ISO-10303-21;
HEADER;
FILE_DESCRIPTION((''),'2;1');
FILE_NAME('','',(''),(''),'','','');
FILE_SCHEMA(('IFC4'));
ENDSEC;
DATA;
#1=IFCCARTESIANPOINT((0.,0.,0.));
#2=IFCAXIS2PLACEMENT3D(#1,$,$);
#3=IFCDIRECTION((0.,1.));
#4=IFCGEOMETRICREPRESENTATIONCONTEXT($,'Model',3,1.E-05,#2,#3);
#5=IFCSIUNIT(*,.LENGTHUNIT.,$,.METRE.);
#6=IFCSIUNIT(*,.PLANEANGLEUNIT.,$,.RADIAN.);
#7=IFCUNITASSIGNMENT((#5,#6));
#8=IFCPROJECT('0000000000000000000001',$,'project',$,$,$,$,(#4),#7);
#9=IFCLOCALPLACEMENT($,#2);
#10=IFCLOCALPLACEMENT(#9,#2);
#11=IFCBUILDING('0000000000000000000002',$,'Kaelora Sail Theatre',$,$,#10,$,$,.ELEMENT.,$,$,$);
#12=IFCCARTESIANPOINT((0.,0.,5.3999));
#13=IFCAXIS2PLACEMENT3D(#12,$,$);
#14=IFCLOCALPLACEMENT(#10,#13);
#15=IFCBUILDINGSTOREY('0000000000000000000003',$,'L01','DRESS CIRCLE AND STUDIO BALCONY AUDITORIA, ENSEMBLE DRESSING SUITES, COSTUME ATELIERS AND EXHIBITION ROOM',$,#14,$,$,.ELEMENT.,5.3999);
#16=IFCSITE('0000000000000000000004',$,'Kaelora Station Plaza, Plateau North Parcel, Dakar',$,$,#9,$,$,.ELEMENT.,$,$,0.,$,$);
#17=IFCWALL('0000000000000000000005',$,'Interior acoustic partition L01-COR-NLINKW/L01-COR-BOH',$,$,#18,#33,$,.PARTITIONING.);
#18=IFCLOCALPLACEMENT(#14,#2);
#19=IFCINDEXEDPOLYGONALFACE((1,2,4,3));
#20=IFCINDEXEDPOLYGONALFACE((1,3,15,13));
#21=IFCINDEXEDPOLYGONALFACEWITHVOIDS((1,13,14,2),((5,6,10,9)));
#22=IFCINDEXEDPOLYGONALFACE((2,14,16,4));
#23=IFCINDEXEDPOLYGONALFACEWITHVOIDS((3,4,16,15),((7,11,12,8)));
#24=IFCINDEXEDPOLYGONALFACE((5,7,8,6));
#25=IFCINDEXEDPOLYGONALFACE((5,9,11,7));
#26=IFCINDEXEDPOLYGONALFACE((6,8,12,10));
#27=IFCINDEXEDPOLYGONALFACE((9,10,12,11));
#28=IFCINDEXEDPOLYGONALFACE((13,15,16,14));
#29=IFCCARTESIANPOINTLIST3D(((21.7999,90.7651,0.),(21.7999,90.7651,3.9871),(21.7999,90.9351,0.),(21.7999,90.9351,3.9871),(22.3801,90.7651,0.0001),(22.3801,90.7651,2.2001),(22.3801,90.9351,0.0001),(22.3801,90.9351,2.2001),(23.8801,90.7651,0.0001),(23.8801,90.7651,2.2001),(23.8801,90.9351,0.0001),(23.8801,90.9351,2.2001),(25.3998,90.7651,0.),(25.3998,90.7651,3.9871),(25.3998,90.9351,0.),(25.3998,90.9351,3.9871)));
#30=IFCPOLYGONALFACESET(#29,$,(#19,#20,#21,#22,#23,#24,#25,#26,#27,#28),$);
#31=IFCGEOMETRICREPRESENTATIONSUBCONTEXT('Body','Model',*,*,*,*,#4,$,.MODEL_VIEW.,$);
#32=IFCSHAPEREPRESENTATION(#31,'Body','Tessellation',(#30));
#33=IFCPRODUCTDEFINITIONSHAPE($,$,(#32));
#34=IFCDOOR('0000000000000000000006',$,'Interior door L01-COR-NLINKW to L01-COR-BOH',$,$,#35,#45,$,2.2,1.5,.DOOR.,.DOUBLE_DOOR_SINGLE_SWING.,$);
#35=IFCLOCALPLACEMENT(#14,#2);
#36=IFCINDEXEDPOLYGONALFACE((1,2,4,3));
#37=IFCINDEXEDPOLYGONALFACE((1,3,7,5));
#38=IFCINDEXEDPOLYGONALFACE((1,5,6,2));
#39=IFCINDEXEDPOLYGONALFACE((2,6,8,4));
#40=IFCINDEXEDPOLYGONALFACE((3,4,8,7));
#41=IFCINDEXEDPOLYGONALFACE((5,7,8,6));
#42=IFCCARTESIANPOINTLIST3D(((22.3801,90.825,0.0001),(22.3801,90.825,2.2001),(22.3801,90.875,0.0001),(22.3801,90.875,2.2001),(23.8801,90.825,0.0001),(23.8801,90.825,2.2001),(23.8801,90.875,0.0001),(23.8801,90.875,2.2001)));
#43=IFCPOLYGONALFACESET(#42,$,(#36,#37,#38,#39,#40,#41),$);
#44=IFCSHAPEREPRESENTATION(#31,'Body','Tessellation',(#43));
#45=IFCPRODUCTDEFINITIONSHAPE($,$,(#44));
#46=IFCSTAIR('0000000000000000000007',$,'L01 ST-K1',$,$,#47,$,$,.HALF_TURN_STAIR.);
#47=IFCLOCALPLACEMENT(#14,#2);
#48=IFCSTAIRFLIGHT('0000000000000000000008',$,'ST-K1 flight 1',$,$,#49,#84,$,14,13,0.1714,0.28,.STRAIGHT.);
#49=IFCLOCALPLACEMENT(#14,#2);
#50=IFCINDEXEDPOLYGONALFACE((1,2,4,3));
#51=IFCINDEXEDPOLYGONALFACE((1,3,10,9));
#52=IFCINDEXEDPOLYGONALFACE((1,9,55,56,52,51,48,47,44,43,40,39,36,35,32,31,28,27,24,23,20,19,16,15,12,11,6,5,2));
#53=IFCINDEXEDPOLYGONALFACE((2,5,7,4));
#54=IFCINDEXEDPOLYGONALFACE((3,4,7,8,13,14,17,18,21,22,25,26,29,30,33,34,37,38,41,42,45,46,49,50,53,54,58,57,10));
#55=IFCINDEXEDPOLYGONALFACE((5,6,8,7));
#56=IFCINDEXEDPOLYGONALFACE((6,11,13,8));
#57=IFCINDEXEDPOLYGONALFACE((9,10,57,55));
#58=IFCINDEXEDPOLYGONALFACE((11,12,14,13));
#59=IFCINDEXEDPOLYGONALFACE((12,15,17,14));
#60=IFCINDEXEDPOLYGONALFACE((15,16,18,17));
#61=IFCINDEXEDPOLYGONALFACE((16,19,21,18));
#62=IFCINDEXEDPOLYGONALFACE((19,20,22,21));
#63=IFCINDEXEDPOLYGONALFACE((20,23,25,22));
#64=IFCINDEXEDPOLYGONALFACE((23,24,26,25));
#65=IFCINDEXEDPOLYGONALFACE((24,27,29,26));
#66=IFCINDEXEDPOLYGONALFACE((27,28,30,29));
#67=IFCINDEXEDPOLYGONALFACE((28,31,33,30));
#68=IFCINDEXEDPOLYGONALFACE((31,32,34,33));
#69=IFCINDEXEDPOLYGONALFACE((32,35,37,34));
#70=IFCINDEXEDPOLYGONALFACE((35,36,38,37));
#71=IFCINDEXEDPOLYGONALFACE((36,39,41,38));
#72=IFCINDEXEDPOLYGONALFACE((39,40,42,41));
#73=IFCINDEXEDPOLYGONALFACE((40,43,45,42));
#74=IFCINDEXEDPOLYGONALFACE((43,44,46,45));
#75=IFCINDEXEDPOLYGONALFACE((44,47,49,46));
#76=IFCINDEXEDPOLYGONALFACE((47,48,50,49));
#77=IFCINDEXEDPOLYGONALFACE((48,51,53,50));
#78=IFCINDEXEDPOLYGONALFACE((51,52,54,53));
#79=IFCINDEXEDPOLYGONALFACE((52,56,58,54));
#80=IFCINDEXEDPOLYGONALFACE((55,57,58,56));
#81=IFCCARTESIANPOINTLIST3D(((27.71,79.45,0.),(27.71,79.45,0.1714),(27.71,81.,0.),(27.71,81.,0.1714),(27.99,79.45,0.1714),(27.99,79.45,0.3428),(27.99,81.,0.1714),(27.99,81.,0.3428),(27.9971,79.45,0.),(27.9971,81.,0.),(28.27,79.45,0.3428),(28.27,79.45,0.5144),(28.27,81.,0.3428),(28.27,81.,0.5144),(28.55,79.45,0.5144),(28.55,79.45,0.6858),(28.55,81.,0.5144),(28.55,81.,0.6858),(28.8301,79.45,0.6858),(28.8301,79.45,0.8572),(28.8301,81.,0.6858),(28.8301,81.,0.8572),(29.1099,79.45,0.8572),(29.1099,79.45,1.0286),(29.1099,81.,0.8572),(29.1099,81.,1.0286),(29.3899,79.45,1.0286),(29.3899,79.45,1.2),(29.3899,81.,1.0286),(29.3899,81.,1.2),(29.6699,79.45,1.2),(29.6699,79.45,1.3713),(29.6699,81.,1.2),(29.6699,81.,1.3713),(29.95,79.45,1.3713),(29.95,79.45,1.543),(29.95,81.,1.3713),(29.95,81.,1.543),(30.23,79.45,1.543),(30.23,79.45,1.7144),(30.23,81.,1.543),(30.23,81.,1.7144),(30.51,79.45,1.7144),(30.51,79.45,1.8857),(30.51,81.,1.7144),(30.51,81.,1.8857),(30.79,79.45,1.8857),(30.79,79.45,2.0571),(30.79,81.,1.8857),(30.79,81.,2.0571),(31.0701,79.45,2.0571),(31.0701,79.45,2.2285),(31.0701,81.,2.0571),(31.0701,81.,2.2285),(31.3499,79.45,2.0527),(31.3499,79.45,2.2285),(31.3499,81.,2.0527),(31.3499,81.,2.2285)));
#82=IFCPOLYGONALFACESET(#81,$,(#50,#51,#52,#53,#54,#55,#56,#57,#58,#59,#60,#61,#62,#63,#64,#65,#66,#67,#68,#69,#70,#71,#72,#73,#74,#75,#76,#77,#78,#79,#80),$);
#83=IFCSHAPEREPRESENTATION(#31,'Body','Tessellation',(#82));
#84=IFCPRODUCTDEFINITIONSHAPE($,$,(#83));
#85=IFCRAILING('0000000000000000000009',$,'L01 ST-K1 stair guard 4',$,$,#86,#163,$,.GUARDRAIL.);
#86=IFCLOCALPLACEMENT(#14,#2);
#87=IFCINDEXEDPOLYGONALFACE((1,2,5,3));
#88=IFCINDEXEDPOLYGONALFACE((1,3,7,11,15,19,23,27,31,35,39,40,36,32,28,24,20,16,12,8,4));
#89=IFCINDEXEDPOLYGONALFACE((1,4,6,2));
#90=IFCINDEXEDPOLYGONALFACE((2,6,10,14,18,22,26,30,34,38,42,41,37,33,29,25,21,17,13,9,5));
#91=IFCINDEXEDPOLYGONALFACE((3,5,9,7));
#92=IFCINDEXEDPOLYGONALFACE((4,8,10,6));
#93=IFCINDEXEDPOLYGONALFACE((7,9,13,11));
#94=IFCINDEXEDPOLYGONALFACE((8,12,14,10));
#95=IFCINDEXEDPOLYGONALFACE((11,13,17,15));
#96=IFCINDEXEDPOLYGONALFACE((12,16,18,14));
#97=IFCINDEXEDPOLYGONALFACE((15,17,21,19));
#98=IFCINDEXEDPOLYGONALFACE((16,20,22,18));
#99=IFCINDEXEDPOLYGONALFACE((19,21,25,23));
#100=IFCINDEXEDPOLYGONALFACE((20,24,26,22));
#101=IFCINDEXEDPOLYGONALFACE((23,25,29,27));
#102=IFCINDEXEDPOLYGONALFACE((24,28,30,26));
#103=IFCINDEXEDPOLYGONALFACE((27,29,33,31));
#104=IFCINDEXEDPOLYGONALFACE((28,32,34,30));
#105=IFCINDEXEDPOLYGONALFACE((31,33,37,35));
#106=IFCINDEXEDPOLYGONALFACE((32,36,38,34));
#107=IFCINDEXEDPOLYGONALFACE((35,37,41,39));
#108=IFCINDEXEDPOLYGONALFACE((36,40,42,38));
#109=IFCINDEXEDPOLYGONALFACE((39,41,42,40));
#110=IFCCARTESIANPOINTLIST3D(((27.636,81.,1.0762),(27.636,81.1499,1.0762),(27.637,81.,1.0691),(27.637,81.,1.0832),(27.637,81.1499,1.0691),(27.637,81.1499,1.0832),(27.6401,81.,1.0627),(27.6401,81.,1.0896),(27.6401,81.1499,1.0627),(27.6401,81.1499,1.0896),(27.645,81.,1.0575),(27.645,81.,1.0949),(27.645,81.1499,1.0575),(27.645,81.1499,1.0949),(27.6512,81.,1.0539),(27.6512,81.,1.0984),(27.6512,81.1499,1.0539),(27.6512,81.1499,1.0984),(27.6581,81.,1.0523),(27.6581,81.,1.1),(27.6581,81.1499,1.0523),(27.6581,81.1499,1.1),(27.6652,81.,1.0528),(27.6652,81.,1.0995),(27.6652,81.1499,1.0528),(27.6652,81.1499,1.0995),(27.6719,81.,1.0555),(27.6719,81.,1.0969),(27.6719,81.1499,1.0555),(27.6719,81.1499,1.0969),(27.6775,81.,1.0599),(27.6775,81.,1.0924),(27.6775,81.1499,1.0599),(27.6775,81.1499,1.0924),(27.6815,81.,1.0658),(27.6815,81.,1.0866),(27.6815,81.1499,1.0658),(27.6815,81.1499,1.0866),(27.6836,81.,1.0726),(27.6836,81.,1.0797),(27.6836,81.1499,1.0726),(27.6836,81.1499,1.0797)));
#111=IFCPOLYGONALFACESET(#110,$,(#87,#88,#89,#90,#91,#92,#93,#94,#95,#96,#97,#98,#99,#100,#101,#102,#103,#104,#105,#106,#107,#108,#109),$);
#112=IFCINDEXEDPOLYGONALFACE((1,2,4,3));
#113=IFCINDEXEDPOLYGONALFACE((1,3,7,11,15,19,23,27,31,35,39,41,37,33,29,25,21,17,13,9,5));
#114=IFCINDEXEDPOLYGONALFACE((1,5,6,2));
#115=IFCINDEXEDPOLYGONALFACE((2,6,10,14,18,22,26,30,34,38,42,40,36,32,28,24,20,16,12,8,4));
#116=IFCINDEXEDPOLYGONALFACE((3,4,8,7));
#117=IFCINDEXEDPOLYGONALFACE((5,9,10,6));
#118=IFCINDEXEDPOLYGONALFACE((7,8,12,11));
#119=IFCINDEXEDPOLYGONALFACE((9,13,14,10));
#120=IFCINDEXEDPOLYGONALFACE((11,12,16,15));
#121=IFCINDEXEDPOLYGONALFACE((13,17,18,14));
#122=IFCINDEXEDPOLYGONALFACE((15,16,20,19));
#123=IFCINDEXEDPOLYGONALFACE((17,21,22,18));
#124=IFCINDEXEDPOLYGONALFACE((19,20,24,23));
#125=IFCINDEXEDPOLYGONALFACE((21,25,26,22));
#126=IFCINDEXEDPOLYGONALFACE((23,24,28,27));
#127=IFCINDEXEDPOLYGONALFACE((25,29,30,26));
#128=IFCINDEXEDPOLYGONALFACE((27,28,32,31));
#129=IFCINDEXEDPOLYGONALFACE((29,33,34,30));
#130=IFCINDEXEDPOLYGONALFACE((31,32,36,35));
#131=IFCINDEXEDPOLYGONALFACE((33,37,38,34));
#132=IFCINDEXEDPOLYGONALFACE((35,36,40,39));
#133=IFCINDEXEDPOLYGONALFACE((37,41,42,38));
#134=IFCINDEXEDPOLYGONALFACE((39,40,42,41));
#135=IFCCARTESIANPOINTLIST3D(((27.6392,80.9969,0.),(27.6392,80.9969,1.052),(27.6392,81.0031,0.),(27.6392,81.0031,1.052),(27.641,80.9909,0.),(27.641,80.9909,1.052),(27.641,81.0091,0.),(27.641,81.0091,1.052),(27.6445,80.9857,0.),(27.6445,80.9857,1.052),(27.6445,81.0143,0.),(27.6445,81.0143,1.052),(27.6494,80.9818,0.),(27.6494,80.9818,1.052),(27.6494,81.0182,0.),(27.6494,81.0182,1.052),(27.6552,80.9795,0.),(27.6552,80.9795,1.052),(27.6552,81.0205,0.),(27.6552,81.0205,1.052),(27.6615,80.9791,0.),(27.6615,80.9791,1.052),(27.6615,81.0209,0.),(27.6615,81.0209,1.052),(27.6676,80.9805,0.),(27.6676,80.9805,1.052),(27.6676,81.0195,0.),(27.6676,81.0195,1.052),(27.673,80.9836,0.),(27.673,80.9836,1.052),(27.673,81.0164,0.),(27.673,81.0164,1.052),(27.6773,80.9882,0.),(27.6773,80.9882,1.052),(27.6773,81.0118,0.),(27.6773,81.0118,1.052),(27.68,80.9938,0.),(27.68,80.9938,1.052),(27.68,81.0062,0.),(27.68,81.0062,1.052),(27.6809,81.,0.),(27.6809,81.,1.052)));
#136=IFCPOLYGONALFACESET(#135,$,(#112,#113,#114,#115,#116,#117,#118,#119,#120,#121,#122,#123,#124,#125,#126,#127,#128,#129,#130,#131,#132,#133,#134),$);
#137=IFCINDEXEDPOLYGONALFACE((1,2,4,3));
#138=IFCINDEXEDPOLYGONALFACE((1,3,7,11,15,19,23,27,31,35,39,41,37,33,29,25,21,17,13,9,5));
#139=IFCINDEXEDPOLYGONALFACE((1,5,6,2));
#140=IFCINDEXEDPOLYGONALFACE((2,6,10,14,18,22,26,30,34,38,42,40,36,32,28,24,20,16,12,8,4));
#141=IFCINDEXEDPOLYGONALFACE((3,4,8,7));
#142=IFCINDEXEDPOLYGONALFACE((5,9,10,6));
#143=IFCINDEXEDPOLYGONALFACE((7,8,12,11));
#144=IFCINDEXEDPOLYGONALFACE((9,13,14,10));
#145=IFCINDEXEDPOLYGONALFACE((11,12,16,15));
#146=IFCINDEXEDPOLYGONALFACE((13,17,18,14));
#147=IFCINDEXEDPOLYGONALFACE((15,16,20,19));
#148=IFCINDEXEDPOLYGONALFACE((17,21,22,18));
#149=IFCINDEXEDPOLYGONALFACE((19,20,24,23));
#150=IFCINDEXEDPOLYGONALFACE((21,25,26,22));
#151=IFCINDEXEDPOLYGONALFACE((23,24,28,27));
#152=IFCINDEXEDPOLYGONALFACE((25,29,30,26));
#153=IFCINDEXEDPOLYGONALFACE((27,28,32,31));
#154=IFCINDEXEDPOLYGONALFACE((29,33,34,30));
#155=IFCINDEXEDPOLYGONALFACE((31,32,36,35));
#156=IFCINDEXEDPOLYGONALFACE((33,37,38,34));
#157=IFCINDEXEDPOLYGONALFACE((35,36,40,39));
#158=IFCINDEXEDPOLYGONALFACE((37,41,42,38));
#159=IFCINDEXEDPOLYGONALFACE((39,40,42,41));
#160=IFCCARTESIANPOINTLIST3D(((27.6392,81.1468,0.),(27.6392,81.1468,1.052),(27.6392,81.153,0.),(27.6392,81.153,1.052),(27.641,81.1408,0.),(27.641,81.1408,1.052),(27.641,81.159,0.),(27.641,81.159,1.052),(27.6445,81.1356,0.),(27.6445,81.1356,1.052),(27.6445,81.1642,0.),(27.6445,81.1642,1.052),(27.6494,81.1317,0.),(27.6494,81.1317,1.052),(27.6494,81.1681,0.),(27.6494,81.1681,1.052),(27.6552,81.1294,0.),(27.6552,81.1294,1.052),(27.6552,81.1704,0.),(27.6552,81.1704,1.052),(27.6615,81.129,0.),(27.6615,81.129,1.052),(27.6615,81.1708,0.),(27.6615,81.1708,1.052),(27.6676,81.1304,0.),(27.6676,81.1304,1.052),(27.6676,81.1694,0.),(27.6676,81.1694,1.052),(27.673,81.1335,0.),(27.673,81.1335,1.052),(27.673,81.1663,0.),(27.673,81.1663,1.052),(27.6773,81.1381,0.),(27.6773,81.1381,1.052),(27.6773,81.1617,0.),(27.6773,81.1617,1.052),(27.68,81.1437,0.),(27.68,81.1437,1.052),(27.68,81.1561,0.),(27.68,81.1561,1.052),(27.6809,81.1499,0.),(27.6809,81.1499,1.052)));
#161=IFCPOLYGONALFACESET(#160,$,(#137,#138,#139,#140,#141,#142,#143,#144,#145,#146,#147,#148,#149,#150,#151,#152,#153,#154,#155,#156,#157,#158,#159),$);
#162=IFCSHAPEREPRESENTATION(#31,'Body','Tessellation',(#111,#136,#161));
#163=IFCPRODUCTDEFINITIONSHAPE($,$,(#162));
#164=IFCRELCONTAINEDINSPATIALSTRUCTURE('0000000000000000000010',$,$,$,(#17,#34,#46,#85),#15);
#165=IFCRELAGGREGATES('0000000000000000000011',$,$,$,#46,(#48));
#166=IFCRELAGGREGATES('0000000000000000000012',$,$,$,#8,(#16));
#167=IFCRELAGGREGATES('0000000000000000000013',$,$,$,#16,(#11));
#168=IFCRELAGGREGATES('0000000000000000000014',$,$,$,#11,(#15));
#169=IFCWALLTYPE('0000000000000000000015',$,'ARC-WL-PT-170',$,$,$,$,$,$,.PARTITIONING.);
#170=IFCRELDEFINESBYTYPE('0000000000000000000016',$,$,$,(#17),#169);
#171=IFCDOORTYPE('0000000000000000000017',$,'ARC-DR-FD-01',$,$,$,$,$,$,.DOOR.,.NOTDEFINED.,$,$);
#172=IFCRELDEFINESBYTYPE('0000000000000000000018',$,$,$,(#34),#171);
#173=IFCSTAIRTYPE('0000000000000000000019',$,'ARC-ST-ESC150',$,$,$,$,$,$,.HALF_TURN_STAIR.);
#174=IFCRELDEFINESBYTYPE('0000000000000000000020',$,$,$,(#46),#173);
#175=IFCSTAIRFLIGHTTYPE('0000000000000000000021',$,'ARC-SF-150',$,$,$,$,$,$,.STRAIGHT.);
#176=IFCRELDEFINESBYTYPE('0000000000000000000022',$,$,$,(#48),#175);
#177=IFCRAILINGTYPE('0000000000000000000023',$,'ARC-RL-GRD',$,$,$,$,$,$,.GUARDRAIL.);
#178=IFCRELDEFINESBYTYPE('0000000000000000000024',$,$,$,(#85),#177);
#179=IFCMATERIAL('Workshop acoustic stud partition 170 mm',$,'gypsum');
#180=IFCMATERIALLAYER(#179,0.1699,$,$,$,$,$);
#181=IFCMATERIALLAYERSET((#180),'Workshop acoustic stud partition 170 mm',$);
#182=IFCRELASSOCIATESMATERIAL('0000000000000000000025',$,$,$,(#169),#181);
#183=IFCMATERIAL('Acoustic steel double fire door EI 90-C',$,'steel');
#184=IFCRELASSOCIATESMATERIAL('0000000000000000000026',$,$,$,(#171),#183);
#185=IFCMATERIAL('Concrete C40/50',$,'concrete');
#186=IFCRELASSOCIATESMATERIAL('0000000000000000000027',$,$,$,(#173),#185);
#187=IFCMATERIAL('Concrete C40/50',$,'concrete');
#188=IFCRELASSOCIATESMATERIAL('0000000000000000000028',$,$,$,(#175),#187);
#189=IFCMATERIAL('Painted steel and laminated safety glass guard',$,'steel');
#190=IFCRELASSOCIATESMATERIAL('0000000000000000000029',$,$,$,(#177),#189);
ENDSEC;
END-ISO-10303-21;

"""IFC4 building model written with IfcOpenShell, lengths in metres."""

from ifc_helpers import new_model, si_unit, direction, frame, frame_2d, origin, origin_2d, place, context, subcontext, project, spatial, polyline, rectangle, circle, outline, extrude, material, layer, layer_set, type_object, element, fill, aggregate, save


model = new_model("IFC4")

# Units and contexts
model_context = context("Model", 3, precision=1e-05, world=origin(), true_north=direction((0.0, 1.0)))
body_context = subcontext(model_context, "Body", "Model", "MODEL_VIEW")
ifc_project = project(units=[si_unit("LENGTHUNIT", "METRE"), si_unit("PLANEANGLEUNIT", "RADIAN")], contexts=[model_context])

# Site, building, storey
site_placement = place(None, origin())
site = spatial("IfcSite", under=ifc_project, at=site_placement, Name="Kaelora Station Plaza, Plateau North Parcel, Dakar", CompositionType="ELEMENT", RefElevation=0.0)
building_placement = place(site_placement, origin())
building = spatial("IfcBuilding", under=site, at=building_placement, Name="Kaelora Sail Theatre", CompositionType="ELEMENT")
storey_placement = place(building_placement, frame((0.0, 0.0, 5.3999)))
storey = spatial("IfcBuildingStorey", under=building, at=storey_placement, Name="L01", Description="DRESS CIRCLE AND STUDIO BALCONY AUDITORIA, ENSEMBLE DRESSING SUITES, COSTUME ATELIERS AND EXHIBITION ROOM", CompositionType="ELEMENT", Elevation=5.3999)

# Wall, opening, door
ifc_material_1 = material(Name="Workshop acoustic stud partition 170 mm", Category="gypsum")
ifc_layer_1 = layer(ifc_material_1, 0.1699)
ifc_layer_set_1 = layer_set([ifc_layer_1], Name="Workshop acoustic stud partition 170 mm")
wall_type_1 = type_object("IfcWallType", Name="ARC-WL-PT-170", PredefinedType="PARTITIONING", material=ifc_layer_set_1)
wall_1_placement = place(storey_placement, frame((21.8, 90.8501, 0.0), z_axis=(0.0, 0.0, 1.0), x_axis=(1.0, 0.0, 0.0)))
wall_1 = element("IfcWall", 1, at=wall_1_placement, inside=storey, type_object=wall_type_1, Name="Interior acoustic partition L01-COR-NLINKW/L01-COR-BOH", PredefinedType="PARTITIONING", context=body_context, shape_type="SweptSolid", body=[
    extrude(rectangle(XDim=3.5999, YDim=0.1699, at=frame_2d((1.7998, 0.0))), origin(), (0.0, 0.0, 1.0), 3.9871),
])
opening_1_placement = place(wall_1_placement, frame((0.5801, 0.0, 0.0)))
opening_1 = element("IfcOpeningElement", 2, at=opening_1_placement, cuts=wall_1, PredefinedType="OPENING", context=body_context, shape_type="SweptSolid", body=[
    extrude(rectangle(XDim=1.5, YDim=2.2, at=frame_2d((0.75, 1.1001))), frame((0.0, 0.095, 0.0), z_axis=(0.0, -1.0, 0.0), x_axis=(1.0, 0.0, 0.0)), (0.0, 0.0, 1.0), 0.1899),
])
ifc_material_2 = material(Name="Acoustic steel double fire door EI 90-C", Category="steel")
door_type_1 = type_object("IfcDoorType", Name="ARC-DR-FD-01", OperationType="NOTDEFINED", PredefinedType="DOOR", material=ifc_material_2)
door_1_placement = place(opening_1_placement, origin())
door_1 = element("IfcDoor", 3, at=door_1_placement, inside=storey, type_object=door_type_1, Name="Interior door L01-COR-NLINKW to L01-COR-BOH", OperationType="DOUBLE_DOOR_SINGLE_SWING", OverallHeight=2.2, OverallWidth=1.5, PredefinedType="DOOR", context=body_context, shape_type="SweptSolid", body=[
    extrude(rectangle(XDim=1.5, YDim=2.2, at=frame_2d((0.75, 1.1001))), frame((0.0, 0.0249, 0.0), z_axis=(0.0, -1.0, 0.0), x_axis=(1.0, 0.0, 0.0)), (0.0, 0.0, 1.0), 0.05),
])
fill(opening_1, door_1)

# Stair, stair flight
ifc_material_3 = material(Name="Concrete C40/50", Category="concrete")
stair_type = type_object("IfcStairType", Name="ARC-ST-ESC150", PredefinedType="HALF_TURN_STAIR", material=ifc_material_3)
stair_placement = place(storey_placement, origin())
stair = element("IfcStair", 4, at=stair_placement, inside=storey, type_object=stair_type, Name="L01 ST-K1", PredefinedType="HALF_TURN_STAIR")
ifc_material_4 = material(Name="Concrete C40/50", Category="concrete")
stair_flight_type = type_object("IfcStairFlightType", Name="ARC-SF-150", PredefinedType="STRAIGHT", material=ifc_material_4)
stair_flight_placement = place(storey_placement, frame((27.71, 80.2251, 0.0), z_axis=(0.0, 0.0, 1.0), x_axis=(1.0, 0.0, 0.0)))
stair_flight = element("IfcStairFlight", 5, at=stair_flight_placement, type_object=stair_flight_type, Name="ST-K1 flight 1", NumberOfRisers=14, NumberOfTreads=13, PredefinedType="STRAIGHT", RiserHeight=0.1714, TreadLength=0.28, context=body_context, shape_type="SweptSolid", body=[
    extrude(outline(polyline([(0.0, 0.0), (0.0, 0.1714), (0.28, 0.1714), (0.28, 0.3428), (0.5601, 0.3428), (0.5601, 0.5144), (0.8401, 0.5144), (0.8401, 0.6858), (1.1201, 0.6858), (1.1201, 0.8572), (1.3999, 0.8572), (1.3999, 1.0286), (1.6799, 1.0286), (1.6799, 1.2), (1.96, 1.2), (1.96, 1.3713), (2.24, 1.3713), (2.24, 1.543), (2.52, 1.543), (2.52, 1.7144), (2.8, 1.7144), (2.8, 1.8857), (3.0801, 1.8857), (3.0801, 2.0571), (3.3601, 2.0571), (3.3601, 2.2285), (3.6399, 2.2285), (3.6399, 2.3999), (3.6399, 2.0527), (0.2871, 0.0), (0.0, 0.0)])), frame((0.0, 0.7749, 0.0), z_axis=(0.0, -1.0, 0.0), x_axis=(1.0, 0.0, 0.0)), (0.0, 0.0, 1.0), 1.55),
])
aggregate(stair, [stair_flight])

# Railing
ifc_material_5 = material(Name="Painted steel and laminated safety glass guard", Category="steel")
railing_type_1 = type_object("IfcRailingType", Name="ARC-RL-GRD", PredefinedType="GUARDRAIL", material=ifc_material_5)
railing_1_placement = place(storey_placement, frame((27.6599, 81.0, 0.0)))
element("IfcRailing", 6, at=railing_1_placement, inside=storey, type_object=railing_type_1, Name="L01 ST-K1 stair guard 4", PredefinedType="GUARDRAIL", context=body_context, shape_type="SweptSolid", body=[
    extrude(circle(Radius=0.0239, at=origin_2d()), frame((0.0, 0.0, 1.0762), z_axis=(0.0, 1.0, 0.0), x_axis=(-1.0, 0.0, 0.0)), (0.0, 0.0, 1.0), 0.1499),
    extrude(circle(Radius=0.021, at=origin_2d()), origin(), (0.0, 0.0, 1.0), 1.052),
    extrude(circle(Radius=0.021, at=origin_2d()), frame((0.0, 0.1499, 0.0)), (0.0, 0.0, 1.0), 1.052),
])

save(model, "model.ifc")
